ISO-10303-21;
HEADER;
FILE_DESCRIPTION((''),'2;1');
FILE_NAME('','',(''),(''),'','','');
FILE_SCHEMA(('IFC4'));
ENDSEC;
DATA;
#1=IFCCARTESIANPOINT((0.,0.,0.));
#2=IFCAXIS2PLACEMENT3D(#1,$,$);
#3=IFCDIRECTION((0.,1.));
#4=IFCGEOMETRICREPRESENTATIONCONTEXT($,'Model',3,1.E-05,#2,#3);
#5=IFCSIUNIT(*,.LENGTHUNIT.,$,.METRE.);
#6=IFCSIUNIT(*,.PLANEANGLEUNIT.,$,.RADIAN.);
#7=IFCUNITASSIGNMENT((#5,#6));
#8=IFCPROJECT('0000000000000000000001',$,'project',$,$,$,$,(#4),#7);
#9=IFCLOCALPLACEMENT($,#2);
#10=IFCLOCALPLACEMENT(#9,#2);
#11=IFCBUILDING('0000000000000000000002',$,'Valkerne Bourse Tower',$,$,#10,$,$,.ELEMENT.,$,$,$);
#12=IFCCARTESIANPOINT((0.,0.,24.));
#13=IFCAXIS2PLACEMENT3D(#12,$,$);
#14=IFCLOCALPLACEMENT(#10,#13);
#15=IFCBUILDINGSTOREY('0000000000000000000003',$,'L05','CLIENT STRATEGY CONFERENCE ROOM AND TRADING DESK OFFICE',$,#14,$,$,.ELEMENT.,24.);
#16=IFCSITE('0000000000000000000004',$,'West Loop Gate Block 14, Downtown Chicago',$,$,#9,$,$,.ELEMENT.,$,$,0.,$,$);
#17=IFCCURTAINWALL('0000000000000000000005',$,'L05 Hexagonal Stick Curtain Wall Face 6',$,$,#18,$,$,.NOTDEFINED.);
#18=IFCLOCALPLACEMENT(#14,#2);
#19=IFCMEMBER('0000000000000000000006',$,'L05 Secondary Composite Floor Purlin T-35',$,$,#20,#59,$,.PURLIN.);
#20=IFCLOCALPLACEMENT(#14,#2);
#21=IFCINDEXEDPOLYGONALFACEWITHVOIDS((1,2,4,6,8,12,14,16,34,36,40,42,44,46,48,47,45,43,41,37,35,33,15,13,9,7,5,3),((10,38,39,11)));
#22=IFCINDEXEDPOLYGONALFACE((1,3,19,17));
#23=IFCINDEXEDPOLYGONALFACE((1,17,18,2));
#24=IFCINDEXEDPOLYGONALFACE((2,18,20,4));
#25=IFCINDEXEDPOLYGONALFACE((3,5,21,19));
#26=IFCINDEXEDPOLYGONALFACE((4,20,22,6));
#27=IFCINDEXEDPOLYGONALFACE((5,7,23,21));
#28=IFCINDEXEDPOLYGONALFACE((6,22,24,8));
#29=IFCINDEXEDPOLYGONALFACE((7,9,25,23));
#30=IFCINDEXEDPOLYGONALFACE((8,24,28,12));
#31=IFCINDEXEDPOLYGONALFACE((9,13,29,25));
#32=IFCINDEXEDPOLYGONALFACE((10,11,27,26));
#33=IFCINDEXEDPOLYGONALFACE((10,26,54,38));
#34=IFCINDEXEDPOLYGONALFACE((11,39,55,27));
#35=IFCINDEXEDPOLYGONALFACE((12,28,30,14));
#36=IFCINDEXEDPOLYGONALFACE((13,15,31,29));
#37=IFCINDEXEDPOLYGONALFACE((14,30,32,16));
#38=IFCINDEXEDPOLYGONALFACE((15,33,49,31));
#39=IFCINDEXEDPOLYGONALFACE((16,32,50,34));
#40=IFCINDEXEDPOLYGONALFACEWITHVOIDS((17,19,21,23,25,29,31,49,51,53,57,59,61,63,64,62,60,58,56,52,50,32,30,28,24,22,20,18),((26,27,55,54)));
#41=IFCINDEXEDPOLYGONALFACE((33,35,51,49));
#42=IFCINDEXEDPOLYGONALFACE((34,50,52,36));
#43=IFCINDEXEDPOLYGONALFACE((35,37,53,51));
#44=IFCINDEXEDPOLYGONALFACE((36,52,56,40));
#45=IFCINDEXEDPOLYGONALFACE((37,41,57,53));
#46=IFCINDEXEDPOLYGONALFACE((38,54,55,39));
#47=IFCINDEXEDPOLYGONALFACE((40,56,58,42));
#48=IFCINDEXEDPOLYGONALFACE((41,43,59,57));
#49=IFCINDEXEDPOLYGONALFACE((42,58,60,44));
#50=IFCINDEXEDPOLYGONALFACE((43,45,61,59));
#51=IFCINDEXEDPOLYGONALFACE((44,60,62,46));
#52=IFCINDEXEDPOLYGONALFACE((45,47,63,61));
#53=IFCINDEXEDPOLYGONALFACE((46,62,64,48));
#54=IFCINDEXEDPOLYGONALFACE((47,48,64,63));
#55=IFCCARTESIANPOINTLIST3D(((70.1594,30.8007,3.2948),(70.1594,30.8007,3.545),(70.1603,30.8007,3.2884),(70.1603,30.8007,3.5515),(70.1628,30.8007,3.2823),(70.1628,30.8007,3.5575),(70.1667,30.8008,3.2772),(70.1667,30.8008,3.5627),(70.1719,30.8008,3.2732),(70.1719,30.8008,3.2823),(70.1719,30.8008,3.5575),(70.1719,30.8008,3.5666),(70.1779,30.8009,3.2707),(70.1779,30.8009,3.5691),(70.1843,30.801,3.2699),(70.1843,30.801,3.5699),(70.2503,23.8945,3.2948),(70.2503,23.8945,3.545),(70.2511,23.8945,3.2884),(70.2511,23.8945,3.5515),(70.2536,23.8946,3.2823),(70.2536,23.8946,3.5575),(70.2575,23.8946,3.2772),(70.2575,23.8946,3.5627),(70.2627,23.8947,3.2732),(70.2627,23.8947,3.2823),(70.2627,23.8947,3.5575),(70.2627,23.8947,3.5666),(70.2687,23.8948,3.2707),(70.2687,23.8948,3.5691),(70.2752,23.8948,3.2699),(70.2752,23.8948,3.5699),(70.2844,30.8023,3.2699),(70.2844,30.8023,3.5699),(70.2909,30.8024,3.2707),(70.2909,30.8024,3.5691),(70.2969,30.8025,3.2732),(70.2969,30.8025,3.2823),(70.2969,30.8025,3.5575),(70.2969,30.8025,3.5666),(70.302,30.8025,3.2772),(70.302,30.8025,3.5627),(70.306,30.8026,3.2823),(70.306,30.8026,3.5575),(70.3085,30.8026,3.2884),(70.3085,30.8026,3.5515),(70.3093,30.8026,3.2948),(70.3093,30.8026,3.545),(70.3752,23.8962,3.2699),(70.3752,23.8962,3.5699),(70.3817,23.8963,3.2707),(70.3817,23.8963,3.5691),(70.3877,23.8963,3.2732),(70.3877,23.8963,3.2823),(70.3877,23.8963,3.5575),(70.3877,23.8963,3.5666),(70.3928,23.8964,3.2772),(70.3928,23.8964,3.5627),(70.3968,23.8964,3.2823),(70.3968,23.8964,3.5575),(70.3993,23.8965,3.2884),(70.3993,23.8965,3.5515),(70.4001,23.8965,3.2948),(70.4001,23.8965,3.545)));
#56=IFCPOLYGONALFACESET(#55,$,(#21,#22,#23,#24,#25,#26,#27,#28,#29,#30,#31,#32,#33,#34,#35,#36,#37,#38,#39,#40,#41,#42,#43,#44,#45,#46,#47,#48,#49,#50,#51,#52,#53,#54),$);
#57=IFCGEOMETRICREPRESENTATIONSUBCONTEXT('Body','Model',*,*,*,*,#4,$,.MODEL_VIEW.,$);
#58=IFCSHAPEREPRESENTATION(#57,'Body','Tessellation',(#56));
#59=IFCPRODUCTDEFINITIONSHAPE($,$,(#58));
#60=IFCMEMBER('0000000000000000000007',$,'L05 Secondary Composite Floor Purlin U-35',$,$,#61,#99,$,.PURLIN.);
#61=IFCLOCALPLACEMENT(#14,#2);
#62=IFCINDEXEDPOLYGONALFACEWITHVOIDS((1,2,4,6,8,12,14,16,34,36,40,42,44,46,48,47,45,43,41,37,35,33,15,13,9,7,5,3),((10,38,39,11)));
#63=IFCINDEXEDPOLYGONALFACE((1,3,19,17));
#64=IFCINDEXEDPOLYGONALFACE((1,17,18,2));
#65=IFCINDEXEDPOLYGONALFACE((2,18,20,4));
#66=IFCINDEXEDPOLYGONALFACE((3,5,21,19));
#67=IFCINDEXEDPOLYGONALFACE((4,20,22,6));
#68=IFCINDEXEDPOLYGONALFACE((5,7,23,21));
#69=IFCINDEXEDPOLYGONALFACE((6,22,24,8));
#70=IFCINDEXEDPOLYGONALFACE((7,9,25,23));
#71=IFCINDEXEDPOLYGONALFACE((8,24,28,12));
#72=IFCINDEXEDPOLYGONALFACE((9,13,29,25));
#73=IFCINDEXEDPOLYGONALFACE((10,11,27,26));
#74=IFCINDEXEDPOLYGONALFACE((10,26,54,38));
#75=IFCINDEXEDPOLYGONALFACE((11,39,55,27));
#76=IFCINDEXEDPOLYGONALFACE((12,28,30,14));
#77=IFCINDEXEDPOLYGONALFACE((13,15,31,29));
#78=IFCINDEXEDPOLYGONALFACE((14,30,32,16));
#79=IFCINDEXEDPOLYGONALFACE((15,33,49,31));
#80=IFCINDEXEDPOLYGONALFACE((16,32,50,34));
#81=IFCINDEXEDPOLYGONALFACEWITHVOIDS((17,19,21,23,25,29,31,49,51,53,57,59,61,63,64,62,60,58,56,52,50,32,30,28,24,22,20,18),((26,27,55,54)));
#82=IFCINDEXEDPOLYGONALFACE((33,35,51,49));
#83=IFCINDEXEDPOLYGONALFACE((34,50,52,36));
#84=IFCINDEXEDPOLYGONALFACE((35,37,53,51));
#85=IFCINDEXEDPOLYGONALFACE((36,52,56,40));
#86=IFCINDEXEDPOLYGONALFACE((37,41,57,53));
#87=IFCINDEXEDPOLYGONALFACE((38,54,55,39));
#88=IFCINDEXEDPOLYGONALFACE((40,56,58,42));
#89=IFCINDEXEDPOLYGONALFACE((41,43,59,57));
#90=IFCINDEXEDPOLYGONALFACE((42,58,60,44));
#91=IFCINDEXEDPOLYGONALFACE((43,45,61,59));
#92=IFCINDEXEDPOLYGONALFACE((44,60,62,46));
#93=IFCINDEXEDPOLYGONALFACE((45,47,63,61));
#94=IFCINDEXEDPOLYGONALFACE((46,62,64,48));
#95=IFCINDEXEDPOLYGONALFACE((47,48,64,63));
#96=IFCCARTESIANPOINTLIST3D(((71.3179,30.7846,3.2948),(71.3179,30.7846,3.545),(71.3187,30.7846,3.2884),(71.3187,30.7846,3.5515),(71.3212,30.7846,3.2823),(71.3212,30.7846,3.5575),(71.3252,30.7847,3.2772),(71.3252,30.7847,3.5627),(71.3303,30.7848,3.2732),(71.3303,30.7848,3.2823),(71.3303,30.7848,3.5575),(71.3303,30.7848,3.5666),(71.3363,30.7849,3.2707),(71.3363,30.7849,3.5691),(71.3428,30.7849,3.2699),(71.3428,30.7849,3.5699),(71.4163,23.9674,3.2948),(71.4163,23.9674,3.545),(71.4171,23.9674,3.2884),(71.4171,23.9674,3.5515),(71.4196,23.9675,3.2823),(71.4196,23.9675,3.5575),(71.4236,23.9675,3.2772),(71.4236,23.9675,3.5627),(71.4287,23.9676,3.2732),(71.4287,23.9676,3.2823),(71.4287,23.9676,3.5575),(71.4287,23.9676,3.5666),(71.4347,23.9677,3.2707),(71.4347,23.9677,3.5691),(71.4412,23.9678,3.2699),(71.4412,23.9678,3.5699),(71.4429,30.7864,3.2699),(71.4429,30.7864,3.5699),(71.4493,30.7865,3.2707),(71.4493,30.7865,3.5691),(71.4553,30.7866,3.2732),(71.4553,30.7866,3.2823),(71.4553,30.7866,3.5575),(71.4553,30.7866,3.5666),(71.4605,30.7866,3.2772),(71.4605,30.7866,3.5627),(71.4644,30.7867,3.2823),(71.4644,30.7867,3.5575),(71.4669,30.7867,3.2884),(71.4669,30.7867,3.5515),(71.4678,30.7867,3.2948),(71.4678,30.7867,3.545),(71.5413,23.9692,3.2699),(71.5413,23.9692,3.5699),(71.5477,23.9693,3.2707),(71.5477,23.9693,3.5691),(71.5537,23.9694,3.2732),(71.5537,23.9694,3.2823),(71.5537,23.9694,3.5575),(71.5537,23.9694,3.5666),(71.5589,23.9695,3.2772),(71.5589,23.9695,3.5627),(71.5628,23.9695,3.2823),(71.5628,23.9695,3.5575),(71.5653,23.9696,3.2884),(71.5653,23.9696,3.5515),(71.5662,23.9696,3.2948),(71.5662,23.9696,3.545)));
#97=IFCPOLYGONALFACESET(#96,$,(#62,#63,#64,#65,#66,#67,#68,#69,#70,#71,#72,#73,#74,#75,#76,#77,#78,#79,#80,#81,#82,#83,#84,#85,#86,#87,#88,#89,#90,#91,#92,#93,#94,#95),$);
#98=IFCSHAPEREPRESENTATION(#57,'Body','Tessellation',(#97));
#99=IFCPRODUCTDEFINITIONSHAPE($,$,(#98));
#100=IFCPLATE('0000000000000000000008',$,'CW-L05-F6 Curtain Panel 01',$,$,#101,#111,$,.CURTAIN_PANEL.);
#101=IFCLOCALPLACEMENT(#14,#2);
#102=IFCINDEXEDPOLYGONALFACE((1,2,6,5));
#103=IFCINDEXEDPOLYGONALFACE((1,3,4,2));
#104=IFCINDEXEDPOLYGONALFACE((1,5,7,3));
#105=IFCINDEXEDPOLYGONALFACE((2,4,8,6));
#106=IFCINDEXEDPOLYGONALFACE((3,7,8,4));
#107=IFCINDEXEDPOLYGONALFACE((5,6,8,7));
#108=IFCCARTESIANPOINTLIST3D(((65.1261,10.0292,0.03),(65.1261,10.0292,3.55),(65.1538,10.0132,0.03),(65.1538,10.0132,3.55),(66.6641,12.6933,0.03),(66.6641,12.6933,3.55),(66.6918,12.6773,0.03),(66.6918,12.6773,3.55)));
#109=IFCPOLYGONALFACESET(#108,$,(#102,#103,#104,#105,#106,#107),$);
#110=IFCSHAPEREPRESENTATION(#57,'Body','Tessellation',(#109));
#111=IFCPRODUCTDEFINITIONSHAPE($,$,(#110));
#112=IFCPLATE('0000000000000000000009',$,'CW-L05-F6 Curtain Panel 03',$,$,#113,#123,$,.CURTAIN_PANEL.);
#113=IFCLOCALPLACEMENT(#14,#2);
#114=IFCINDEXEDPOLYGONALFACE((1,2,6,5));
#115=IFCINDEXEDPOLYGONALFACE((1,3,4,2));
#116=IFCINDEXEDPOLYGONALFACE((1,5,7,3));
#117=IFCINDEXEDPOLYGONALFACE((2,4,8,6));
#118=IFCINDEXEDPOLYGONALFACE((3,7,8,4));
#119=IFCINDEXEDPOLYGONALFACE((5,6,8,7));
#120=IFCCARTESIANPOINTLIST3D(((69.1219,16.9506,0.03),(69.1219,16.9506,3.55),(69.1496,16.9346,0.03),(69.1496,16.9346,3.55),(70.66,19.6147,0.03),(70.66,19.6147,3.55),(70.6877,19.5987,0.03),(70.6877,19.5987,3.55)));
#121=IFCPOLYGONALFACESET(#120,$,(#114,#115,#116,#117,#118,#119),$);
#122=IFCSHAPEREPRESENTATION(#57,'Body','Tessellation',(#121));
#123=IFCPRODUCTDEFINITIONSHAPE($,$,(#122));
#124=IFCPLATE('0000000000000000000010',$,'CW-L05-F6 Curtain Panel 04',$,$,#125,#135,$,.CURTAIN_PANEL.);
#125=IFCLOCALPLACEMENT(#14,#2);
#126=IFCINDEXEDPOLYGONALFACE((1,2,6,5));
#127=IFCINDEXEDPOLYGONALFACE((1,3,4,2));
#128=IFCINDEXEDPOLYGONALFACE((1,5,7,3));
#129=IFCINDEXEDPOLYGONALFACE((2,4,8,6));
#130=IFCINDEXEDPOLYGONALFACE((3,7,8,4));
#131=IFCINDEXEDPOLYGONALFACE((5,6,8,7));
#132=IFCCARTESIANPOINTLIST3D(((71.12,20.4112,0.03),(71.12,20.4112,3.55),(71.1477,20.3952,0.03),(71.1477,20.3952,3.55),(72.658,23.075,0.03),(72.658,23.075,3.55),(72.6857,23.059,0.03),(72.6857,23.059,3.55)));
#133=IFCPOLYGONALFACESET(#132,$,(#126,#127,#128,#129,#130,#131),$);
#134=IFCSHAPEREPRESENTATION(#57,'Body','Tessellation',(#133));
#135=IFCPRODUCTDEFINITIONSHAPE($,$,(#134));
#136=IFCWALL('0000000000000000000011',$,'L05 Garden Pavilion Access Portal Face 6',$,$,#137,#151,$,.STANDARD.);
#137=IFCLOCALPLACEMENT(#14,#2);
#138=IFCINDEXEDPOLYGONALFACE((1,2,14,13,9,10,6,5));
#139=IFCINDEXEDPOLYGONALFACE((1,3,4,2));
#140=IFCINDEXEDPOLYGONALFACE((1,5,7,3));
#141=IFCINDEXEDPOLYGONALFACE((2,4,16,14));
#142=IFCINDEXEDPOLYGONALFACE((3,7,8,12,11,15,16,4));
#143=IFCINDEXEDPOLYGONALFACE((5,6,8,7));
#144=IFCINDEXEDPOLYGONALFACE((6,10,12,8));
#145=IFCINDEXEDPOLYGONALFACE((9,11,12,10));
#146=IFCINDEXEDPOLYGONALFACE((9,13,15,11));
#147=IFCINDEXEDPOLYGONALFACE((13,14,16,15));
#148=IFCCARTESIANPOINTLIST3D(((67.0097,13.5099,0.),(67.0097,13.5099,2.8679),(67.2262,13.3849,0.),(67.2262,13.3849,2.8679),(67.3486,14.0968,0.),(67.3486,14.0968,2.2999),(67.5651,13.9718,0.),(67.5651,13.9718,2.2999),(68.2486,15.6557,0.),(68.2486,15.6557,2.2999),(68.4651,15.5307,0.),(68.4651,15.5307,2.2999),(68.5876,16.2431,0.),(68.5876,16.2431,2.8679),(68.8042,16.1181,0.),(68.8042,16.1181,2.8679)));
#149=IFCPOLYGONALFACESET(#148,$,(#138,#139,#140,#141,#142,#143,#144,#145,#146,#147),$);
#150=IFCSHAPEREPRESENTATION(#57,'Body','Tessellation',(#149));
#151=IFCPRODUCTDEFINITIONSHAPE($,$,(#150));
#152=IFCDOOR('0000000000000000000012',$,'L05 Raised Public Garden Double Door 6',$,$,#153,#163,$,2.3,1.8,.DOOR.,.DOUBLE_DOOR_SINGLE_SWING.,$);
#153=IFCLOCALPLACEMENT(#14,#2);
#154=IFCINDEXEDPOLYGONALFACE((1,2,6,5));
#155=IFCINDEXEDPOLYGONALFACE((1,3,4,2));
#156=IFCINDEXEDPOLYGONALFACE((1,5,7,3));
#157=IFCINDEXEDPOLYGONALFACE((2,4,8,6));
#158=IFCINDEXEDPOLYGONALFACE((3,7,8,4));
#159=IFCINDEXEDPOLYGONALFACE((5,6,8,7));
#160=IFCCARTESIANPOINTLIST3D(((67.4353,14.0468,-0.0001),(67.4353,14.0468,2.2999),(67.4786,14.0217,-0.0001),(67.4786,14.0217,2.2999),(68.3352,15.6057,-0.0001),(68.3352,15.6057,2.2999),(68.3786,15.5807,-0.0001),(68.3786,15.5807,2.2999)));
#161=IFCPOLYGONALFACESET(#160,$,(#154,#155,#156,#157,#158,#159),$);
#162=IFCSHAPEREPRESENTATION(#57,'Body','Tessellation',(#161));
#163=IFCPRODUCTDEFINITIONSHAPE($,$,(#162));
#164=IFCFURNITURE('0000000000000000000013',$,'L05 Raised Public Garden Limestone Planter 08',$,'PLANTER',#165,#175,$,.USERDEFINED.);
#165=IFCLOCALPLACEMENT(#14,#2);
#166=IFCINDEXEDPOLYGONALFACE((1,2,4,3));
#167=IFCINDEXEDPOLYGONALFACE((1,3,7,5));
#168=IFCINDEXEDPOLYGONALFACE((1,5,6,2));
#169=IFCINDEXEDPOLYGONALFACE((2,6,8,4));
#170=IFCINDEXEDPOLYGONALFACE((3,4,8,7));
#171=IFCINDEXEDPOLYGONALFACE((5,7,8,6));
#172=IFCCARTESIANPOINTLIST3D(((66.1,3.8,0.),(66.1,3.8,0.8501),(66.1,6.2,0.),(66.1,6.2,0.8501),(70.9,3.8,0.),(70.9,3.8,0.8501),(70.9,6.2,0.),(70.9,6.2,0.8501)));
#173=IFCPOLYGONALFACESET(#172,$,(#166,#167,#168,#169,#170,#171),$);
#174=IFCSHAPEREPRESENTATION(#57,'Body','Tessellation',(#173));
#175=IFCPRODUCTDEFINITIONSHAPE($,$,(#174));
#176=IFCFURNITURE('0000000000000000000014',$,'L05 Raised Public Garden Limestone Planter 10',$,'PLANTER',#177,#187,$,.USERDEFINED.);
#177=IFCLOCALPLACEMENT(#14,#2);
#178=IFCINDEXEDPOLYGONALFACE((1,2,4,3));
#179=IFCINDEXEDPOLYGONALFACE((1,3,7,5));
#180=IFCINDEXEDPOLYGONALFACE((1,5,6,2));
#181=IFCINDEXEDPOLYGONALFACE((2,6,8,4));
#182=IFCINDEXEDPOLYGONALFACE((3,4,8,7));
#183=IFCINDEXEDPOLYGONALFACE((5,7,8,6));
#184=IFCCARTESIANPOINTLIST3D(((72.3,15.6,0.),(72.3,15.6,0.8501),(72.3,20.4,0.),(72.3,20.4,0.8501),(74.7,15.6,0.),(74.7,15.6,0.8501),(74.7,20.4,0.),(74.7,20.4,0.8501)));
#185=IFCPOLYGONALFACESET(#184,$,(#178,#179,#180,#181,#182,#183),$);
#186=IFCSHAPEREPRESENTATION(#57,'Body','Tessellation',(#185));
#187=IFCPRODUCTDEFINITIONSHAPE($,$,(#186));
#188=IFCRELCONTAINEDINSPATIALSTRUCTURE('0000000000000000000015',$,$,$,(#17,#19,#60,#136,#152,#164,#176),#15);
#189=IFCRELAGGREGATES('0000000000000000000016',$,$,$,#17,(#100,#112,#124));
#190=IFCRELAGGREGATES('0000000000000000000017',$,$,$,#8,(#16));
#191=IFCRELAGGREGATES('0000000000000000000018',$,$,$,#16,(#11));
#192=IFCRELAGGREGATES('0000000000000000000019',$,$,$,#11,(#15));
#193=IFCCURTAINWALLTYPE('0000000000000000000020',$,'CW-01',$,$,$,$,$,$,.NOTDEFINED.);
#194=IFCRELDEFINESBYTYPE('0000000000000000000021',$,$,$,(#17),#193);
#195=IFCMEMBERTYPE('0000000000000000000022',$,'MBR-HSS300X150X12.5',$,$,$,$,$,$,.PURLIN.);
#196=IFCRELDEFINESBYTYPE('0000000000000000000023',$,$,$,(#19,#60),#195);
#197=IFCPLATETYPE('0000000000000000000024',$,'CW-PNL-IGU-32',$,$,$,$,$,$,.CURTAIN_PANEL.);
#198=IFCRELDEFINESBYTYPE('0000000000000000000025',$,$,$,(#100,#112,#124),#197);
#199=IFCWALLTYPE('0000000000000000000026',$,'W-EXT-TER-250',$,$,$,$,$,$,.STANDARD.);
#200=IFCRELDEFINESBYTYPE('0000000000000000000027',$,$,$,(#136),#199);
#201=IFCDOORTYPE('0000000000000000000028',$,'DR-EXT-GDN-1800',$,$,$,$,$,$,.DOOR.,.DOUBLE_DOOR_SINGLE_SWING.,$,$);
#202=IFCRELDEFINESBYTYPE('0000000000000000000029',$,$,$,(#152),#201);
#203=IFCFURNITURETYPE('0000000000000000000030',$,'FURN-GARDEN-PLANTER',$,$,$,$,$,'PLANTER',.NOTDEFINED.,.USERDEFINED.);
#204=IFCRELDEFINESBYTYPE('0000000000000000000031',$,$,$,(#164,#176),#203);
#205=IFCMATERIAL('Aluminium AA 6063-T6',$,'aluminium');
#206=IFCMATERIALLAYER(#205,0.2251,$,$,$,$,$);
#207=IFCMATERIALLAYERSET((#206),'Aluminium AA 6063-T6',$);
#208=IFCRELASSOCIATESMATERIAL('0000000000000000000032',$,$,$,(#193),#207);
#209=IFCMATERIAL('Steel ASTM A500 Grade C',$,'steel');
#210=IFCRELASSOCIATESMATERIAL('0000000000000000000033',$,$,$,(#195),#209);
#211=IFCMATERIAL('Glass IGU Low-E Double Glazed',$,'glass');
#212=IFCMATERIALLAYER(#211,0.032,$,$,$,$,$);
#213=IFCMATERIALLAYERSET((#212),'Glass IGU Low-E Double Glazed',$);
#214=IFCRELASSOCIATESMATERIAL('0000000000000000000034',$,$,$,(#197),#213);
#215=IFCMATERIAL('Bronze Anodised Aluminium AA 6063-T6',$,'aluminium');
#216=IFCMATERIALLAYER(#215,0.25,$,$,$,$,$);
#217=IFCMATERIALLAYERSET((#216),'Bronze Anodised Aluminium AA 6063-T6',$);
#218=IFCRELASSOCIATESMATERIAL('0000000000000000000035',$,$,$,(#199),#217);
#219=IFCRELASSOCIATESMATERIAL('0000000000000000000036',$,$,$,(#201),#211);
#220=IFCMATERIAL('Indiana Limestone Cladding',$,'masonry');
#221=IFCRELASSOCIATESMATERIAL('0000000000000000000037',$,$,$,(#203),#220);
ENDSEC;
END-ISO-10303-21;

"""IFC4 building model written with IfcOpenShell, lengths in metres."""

from ifc_helpers import new_model, si_unit, direction, frame, frame_2d, origin, origin_2d, place, context, subcontext, project, spatial, rectangle, hollow_rectangle, extrude, material, layer, layer_set, material_profile, profile_set, type_object, element, fill, aggregate, save


model = new_model("IFC4")

# Units and contexts
model_context = context("Model", 3, precision=1e-05, world=origin(), true_north=direction((0.0, 1.0)))
body_context = subcontext(model_context, "Body", "Model", "MODEL_VIEW")
ifc_project = project(units=[si_unit("LENGTHUNIT", "METRE"), si_unit("PLANEANGLEUNIT", "RADIAN")], contexts=[model_context])

# Site, building, storey
site_placement = place(None, origin())
site = spatial("IfcSite", under=ifc_project, at=site_placement, Name="West Loop Gate Block 14, Downtown Chicago", CompositionType="ELEMENT", RefElevation=0.0)
building_placement = place(site_placement, origin())
building = spatial("IfcBuilding", under=site, at=building_placement, Name="Valkerne Bourse Tower", CompositionType="ELEMENT")
storey_placement = place(building_placement, frame((0.0, 0.0, 24.0)))
storey = spatial("IfcBuildingStorey", under=building, at=storey_placement, Name="L05", Description="CLIENT STRATEGY CONFERENCE ROOM AND TRADING DESK OFFICE", CompositionType="ELEMENT", Elevation=24.0)

# Curtain wall
ifc_material_1 = material(Name="Aluminium AA 6063-T6", Category="aluminium")
ifc_layer_1 = layer(ifc_material_1, 0.2251)
ifc_layer_set_1 = layer_set([ifc_layer_1], Name="Aluminium AA 6063-T6")
curtain_wall_type = type_object("IfcCurtainWallType", Name="CW-01", PredefinedType="NOTDEFINED", material=ifc_layer_set_1)
curtain_wall_placement = place(storey_placement, origin())
curtain_wall = element("IfcCurtainWall", 1, at=curtain_wall_placement, inside=storey, type_object=curtain_wall_type, Name="L05 Hexagonal Stick Curtain Wall Face 6", PredefinedType="NOTDEFINED")

# Members
ifc_material_2 = material(Name="Bronze Anodised Aluminium AA 6063-T6", Category="aluminium")
ifc_material_3 = material(Name="Steel ASTM A500 Grade C", Category="steel")
ifc_material_profile_1 = material_profile(ifc_material_3, hollow_rectangle(XDim=0.1499, YDim=0.3, WallThickness=0.0125, OuterFilletRadius=0.0249, at=origin_2d()), Name="HSS300X150X12.5")
ifc_profile_set_1 = profile_set([ifc_material_profile_1], Name="Steel ASTM A500 Grade C")
member_type_1 = type_object("IfcMemberType", Name="MBR-HSS300X150X12.5", PredefinedType="PURLIN", material=ifc_profile_set_1)
member_1_placement = place(storey_placement, frame((70.3252, 23.8955, 3.4199), z_axis=(-0.013149, 0.999914, 0.0), x_axis=(-0.999914, -0.013149, 0.0)))
element("IfcMember", 2, at=member_1_placement, inside=storey, type_object=member_type_1, Name="L05 Secondary Composite Floor Purlin T-35", PredefinedType="PURLIN", context=body_context, shape_type="SweptSolid", body=[
    extrude(hollow_rectangle(XDim=0.1499, YDim=0.3, WallThickness=0.0125, OuterFilletRadius=0.0249, at=origin_2d()), origin(), (0.0, 0.0, 1.0), 6.9067),
])
member_2_placement = place(storey_placement, frame((71.4912, 23.9685, 3.4199), z_axis=(-0.014431, 0.999896, 0.0), x_axis=(-0.999896, -0.014431, 0.0)))
element("IfcMember", 3, at=member_2_placement, inside=storey, type_object=member_type_1, Name="L05 Secondary Composite Floor Purlin U-35", PredefinedType="PURLIN", context=body_context, shape_type="SweptSolid", body=[
    extrude(hollow_rectangle(XDim=0.1499, YDim=0.3, WallThickness=0.0125, OuterFilletRadius=0.0249, at=origin_2d()), origin(), (0.0, 0.0, 1.0), 6.8179),
])

# Plates
ifc_material_4 = material(Name="Glass IGU Low-E Double Glazed", Category="glass")
ifc_layer_2 = layer(ifc_material_4, 0.032)
ifc_layer_set_2 = layer_set([ifc_layer_2], Name="Glass IGU Low-E Double Glazed")
plate_type = type_object("IfcPlateType", Name="CW-PNL-IGU-32", PredefinedType="CURTAIN_PANEL", material=ifc_layer_set_2)
plate_1_placement = place(storey_placement, frame((65.9089, 11.3533, 0.03), z_axis=(0.0, 0.0, 1.0), x_axis=(0.499993, 0.866029, 0.0)))
plate_1 = element("IfcPlate", 4, at=plate_1_placement, type_object=plate_type, Name="CW-L05-F6 Curtain Panel 01", PredefinedType="CURTAIN_PANEL", context=body_context, shape_type="SweptSolid", body=[
    extrude(rectangle(XDim=3.0762, YDim=0.032, at=origin_2d()), origin(), (0.0, 0.0, 1.0), 3.52),
])
plate_2_placement = place(storey_placement, frame((69.9048, 18.2747, 0.03), z_axis=(0.0, 0.0, 1.0), x_axis=(0.499993, 0.866029, 0.0)))
plate_2 = element("IfcPlate", 5, at=plate_2_placement, type_object=plate_type, Name="CW-L05-F6 Curtain Panel 03", PredefinedType="CURTAIN_PANEL", context=body_context, shape_type="SweptSolid", body=[
    extrude(rectangle(XDim=3.0762, YDim=0.032, at=origin_2d()), origin(), (0.0, 0.0, 1.0), 3.52),
])
plate_3_placement = place(storey_placement, frame((71.9028, 21.7351, 0.03), z_axis=(0.0, 0.0, 1.0), x_axis=(0.500004, 0.866023, 0.0)))
plate_3 = element("IfcPlate", 6, at=plate_3_placement, type_object=plate_type, Name="CW-L05-F6 Curtain Panel 04", PredefinedType="CURTAIN_PANEL", context=body_context, shape_type="SweptSolid", body=[
    extrude(rectangle(XDim=3.0759, YDim=0.032, at=origin_2d()), origin(), (0.0, 0.0, 1.0), 3.52),
])
aggregate(curtain_wall, [plate_1, plate_2, plate_3])

# Wall, opening, door
ifc_layer_3 = layer(ifc_material_2, 0.25)
ifc_layer_set_3 = layer_set([ifc_layer_3], Name="Bronze Anodised Aluminium AA 6063-T6")
wall_type = type_object("IfcWallType", Name="W-EXT-TER-250", PredefinedType="STANDARD", material=ifc_layer_set_3)
wall_placement = place(storey_placement, frame((67.1179, 13.4473, 0.0), z_axis=(0.0, 0.0, 1.0), x_axis=(0.499975, 0.86604, 0.0)))
wall = element("IfcWall", 7, at=wall_placement, inside=storey, type_object=wall_type, Name="L05 Garden Pavilion Access Portal Face 6", PredefinedType="STANDARD", context=body_context, shape_type="SweptSolid", body=[
    extrude(rectangle(XDim=3.156, YDim=0.25, at=frame_2d((1.5781, 0.0))), origin(), (0.0, 0.0, 1.0), 2.8679),
])
opening_placement = place(wall_placement, frame((0.678, 0.0, 0.0)))
opening = element("IfcOpeningElement", 8, at=opening_placement, cuts=wall, PredefinedType="OPENING", context=body_context, shape_type="SweptSolid", body=[
    extrude(rectangle(XDim=1.8, YDim=2.3, at=frame_2d((0.8999, 1.1499))), frame((0.0, 0.135, 0.0), z_axis=(0.0, -1.0, 0.0), x_axis=(1.0, 0.0, 0.0)), (0.0, 0.0, 1.0), 0.27),
])
door_type = type_object("IfcDoorType", Name="DR-EXT-GDN-1800", OperationType="DOUBLE_DOOR_SINGLE_SWING", PredefinedType="DOOR", material=ifc_material_4)
door_placement = place(opening_placement, origin())
door = element("IfcDoor", 9, at=door_placement, inside=storey, type_object=door_type, Name="L05 Raised Public Garden Double Door 6", OperationType="DOUBLE_DOOR_SINGLE_SWING", OverallHeight=2.3, OverallWidth=1.8, PredefinedType="DOOR", context=body_context, shape_type="SweptSolid", body=[
    extrude(rectangle(XDim=1.8, YDim=2.3, at=frame_2d((0.8999, 1.1499))), frame((0.0, 0.0249, 0.0), z_axis=(0.0, -1.0, 0.0), x_axis=(1.0, 0.0, 0.0)), (0.0, 0.0, 1.0), 0.05),
])
fill(opening, door)

# Furniture
ifc_material_5 = material(Name="Indiana Limestone Cladding", Category="masonry")
furniture_type = type_object("IfcFurnitureType", Name="FURN-GARDEN-PLANTER", ElementType="PLANTER", AssemblyPlace="NOTDEFINED", PredefinedType="USERDEFINED", material=ifc_material_5)
for number, where, z_axis, x_axis, name in (
    (10, (68.5, 5.0, 0.0), (0.0, 0.0, 1.0), (1.0, 0.0, 0.0), "L05 Raised Public Garden Limestone Planter 08"),
    (11, (73.5, 18.0, 0.0), (0.0, 0.0, 1.0), (0.0, 1.0, 0.0), "L05 Raised Public Garden Limestone Planter 10"),
):
    element("IfcFurniture", number, at=place(storey_placement, frame(where, z_axis=z_axis, x_axis=x_axis)), inside=storey, type_object=furniture_type, Name=name, ObjectType="PLANTER", PredefinedType="USERDEFINED", context=body_context, shape_type="SweptSolid", body=[
        extrude(rectangle(XDim=4.8, YDim=2.3999, at=origin_2d()), origin(), (0.0, 0.0, 1.0), 0.8501),
    ])

save(model, "model.ifc")
